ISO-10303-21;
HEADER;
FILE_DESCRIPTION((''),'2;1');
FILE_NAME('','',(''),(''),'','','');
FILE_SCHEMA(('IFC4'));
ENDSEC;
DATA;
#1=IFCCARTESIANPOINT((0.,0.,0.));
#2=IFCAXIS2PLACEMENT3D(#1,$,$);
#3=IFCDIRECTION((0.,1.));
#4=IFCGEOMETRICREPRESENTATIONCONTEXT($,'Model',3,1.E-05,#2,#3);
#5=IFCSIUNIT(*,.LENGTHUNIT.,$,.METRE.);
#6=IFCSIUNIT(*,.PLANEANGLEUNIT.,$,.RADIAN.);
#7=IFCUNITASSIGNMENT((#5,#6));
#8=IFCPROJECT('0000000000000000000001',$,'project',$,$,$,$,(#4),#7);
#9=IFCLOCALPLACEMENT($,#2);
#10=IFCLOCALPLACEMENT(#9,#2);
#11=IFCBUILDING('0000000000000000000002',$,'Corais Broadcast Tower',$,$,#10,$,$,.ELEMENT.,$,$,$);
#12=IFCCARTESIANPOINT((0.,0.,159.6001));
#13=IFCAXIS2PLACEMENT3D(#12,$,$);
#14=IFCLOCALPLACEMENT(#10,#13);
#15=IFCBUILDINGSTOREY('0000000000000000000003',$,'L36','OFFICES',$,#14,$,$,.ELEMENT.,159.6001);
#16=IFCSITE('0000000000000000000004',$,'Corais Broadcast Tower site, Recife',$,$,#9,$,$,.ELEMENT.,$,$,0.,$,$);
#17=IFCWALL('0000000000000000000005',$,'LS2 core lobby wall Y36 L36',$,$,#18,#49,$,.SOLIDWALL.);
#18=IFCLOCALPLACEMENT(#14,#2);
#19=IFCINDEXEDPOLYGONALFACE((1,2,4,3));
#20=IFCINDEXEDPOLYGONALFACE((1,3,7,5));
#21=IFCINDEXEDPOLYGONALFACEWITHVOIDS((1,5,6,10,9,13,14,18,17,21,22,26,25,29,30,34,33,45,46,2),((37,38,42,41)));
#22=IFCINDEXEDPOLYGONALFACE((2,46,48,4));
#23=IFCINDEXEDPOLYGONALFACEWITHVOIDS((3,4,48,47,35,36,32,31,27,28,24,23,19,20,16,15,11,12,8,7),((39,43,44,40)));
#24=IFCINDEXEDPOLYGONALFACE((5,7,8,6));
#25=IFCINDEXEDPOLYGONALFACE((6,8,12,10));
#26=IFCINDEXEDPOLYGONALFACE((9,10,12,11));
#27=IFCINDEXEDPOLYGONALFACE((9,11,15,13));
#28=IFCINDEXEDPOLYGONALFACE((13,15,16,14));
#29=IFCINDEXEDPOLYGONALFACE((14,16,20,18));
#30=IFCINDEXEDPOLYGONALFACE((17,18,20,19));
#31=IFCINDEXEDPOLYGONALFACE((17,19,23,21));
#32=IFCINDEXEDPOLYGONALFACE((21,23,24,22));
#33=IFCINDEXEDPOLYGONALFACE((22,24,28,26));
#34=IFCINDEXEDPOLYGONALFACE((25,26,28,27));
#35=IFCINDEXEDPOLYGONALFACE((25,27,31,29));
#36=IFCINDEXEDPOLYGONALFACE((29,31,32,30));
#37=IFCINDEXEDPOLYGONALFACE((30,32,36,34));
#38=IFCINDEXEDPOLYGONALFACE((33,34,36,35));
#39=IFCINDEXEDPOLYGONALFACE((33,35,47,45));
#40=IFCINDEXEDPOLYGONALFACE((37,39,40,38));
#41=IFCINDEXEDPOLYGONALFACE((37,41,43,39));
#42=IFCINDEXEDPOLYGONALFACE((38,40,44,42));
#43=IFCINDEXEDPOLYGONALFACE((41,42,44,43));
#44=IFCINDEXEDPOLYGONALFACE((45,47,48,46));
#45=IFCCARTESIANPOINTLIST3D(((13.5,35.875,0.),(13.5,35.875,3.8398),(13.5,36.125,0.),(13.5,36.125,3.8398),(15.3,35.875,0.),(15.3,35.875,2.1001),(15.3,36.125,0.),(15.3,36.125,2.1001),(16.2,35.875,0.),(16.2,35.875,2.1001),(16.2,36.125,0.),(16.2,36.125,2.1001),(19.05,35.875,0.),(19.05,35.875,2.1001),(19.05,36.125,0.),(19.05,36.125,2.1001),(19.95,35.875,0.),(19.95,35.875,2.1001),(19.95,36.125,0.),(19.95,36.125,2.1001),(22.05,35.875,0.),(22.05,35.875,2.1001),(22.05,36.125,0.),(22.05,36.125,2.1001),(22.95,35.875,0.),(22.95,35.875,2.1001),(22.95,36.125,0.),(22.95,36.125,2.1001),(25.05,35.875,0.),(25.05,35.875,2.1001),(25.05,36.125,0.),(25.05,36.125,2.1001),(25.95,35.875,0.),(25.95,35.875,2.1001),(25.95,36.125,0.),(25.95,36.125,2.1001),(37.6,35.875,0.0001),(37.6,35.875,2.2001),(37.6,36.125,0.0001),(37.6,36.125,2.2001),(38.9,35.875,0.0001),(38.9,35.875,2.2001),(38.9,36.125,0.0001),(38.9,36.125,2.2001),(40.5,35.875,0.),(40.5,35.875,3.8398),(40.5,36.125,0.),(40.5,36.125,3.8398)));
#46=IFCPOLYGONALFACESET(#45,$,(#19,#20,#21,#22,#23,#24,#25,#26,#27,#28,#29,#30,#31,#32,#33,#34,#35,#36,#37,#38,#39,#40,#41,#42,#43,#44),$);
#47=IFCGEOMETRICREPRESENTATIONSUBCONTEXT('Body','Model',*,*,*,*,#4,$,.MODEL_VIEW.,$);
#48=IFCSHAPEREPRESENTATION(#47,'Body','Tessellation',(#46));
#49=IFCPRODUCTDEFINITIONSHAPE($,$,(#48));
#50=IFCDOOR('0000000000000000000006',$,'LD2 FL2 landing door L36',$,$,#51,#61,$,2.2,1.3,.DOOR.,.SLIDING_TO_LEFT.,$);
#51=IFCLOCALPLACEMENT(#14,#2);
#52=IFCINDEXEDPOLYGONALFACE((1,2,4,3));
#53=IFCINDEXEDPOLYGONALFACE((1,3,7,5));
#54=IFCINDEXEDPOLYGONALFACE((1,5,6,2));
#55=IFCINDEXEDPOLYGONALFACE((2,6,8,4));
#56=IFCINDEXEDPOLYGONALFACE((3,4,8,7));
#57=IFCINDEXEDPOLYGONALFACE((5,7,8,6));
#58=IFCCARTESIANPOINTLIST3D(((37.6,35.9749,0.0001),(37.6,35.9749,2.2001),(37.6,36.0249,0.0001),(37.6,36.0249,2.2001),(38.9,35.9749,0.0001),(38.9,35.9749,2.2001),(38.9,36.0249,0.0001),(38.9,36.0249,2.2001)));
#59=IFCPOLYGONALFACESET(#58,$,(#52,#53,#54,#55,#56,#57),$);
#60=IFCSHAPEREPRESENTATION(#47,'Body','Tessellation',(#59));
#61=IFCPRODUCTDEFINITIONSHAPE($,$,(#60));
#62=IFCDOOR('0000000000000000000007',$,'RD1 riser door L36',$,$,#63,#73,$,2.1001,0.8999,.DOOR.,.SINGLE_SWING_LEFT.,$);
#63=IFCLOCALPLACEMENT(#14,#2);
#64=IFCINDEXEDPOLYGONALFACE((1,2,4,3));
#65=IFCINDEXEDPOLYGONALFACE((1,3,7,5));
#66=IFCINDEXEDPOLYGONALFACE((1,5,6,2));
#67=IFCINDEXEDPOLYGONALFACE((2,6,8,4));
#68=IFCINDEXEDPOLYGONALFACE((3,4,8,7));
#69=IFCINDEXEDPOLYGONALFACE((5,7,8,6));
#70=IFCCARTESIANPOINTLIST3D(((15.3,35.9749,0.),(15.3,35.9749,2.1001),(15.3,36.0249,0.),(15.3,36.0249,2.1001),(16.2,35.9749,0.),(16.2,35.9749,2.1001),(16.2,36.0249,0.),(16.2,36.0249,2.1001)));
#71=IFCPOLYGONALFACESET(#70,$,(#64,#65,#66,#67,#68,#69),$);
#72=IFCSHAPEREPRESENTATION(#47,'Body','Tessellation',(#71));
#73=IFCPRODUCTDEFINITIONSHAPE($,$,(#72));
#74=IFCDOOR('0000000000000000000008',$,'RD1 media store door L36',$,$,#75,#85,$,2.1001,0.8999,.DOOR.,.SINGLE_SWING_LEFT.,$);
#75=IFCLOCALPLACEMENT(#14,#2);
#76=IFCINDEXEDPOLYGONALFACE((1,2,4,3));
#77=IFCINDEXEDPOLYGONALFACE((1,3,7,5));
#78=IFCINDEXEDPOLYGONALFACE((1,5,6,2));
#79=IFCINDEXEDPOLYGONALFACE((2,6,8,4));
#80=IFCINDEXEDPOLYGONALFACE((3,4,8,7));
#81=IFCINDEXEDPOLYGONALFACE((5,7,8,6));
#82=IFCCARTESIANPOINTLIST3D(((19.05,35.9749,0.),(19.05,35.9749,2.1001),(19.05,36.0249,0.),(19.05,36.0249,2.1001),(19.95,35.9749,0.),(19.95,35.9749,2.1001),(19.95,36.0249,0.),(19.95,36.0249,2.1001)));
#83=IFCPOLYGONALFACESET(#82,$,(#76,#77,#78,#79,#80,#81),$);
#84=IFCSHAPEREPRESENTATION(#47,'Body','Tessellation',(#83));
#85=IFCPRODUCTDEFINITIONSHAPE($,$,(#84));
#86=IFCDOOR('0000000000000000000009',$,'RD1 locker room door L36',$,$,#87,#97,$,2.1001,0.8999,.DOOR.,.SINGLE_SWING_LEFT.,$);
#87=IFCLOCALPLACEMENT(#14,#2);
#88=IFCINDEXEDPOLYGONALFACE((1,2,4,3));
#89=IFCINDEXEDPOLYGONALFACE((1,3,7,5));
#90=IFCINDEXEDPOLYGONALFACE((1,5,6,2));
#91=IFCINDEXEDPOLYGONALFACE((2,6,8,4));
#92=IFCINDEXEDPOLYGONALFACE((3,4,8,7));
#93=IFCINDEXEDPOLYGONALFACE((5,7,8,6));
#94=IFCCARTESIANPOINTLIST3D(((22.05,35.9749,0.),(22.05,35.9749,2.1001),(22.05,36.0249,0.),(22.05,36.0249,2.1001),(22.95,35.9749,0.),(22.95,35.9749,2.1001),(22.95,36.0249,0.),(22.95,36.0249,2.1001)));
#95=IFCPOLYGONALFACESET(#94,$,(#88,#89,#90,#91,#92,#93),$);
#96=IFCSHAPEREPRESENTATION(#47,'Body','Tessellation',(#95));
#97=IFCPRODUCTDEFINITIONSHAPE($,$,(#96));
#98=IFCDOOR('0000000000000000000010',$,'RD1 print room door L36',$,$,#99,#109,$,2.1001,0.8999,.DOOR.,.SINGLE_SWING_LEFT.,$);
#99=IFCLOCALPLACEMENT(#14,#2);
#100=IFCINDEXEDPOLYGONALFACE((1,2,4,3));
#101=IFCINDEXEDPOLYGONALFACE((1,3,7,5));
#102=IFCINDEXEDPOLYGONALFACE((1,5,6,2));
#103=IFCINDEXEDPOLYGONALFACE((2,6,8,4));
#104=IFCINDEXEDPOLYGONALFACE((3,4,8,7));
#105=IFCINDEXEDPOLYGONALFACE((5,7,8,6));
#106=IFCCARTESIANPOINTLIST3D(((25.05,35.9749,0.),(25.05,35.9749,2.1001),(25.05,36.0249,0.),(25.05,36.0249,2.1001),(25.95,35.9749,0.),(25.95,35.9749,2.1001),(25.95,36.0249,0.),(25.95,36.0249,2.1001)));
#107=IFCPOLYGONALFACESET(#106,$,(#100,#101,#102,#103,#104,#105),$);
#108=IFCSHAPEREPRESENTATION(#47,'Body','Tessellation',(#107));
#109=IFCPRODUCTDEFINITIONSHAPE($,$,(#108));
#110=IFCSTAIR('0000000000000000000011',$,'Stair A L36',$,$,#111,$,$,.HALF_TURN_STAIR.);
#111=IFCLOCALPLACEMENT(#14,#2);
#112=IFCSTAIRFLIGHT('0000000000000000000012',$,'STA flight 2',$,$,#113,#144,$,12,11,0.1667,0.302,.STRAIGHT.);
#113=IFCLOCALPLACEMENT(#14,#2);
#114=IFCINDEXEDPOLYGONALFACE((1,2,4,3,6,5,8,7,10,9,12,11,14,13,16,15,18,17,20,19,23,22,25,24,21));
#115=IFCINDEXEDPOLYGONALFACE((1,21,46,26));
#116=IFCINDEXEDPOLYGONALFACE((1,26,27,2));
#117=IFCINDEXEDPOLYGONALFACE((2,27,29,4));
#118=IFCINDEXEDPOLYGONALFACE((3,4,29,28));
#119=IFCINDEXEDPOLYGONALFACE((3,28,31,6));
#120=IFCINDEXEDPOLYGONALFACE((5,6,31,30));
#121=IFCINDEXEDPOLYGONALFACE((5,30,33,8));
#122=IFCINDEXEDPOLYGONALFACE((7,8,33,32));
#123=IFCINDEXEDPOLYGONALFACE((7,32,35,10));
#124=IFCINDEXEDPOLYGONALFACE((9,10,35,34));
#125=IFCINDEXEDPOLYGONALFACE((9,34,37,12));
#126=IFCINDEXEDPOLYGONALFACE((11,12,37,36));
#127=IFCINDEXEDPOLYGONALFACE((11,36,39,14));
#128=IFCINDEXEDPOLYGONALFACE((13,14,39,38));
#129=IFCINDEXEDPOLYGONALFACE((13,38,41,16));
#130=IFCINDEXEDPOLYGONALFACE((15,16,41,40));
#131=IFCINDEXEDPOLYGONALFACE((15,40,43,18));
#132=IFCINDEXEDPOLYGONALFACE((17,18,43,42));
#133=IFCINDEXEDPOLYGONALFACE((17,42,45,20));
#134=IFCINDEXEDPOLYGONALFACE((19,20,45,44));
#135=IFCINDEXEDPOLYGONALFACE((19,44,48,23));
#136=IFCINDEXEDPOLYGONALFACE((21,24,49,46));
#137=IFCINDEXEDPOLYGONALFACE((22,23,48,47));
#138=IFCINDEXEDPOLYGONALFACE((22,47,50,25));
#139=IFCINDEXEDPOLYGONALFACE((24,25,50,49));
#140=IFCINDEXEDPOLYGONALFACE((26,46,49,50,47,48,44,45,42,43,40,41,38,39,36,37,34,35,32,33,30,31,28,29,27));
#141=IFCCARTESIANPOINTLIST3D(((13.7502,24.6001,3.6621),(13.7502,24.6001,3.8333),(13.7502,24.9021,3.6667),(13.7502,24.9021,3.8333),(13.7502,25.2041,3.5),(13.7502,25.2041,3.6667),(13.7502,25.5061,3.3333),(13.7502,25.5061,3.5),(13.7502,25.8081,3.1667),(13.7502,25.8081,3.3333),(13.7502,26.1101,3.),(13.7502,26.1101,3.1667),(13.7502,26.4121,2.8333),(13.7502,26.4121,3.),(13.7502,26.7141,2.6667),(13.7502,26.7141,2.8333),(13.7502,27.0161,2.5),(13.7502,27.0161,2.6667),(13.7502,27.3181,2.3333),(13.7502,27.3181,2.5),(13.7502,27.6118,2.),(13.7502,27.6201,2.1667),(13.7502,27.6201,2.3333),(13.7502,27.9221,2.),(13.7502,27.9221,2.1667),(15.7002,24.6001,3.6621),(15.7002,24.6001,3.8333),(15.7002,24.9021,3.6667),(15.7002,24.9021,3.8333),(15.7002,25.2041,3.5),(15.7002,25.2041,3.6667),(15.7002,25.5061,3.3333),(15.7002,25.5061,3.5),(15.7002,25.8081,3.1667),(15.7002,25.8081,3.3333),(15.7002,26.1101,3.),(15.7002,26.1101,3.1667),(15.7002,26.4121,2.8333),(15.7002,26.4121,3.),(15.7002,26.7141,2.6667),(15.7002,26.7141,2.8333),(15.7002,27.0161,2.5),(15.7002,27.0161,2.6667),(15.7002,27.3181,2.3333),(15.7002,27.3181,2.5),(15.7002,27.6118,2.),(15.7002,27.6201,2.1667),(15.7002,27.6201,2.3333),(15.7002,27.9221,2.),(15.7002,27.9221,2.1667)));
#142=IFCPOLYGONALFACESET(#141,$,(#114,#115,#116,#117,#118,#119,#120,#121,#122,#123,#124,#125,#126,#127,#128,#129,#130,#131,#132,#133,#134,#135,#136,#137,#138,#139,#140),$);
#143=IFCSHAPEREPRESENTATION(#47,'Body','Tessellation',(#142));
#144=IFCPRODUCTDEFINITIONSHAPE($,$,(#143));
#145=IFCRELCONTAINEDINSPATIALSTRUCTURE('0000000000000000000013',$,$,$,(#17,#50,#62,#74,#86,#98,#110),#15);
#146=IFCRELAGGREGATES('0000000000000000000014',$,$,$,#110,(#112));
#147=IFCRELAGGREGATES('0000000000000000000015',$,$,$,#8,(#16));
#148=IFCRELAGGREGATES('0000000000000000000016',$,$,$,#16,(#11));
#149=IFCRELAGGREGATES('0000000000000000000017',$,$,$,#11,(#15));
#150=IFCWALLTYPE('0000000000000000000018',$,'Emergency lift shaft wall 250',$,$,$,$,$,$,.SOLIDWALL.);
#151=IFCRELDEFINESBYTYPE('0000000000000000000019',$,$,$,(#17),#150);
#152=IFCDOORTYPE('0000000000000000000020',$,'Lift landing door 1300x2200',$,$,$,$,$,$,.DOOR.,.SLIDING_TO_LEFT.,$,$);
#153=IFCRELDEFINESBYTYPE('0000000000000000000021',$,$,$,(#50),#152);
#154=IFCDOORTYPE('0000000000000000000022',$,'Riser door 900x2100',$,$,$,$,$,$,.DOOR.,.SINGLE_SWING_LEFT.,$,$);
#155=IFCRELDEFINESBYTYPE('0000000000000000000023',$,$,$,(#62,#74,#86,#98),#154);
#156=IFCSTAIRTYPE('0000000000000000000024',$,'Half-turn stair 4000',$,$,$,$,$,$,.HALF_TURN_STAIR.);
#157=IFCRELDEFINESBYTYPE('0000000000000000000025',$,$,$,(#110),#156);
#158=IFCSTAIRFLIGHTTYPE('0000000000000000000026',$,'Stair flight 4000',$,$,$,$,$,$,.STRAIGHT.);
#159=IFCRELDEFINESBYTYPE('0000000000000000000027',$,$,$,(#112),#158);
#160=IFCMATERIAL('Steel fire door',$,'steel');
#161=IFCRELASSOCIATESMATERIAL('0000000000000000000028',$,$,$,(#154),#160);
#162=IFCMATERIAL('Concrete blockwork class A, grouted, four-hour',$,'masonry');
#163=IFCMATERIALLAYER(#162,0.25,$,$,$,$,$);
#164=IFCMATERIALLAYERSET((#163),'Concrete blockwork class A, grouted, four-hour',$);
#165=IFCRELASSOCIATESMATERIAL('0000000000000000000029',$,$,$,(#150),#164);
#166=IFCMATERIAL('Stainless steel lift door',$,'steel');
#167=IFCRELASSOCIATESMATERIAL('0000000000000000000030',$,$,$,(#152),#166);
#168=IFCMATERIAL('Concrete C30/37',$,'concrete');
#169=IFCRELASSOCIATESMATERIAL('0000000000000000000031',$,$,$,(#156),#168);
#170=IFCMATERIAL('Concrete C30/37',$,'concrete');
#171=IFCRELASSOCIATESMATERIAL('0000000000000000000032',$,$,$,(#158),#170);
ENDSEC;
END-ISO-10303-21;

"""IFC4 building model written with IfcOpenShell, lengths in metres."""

from ifc_helpers import new_model, si_unit, direction, frame, frame_2d, origin, place, context, subcontext, project, spatial, polyline, rectangle, outline, extrude, material, layer, layer_set, type_object, element, fill, aggregate, save


model = new_model("IFC4")

# Units and contexts
model_context = context("Model", 3, precision=1e-05, world=origin(), true_north=direction((0.0, 1.0)))
body_context = subcontext(model_context, "Body", "Model", "MODEL_VIEW")
ifc_project = project(units=[si_unit("LENGTHUNIT", "METRE"), si_unit("PLANEANGLEUNIT", "RADIAN")], contexts=[model_context])

# Site, building, storey
site_placement = place(None, origin())
site = spatial("IfcSite", under=ifc_project, at=site_placement, Name="Corais Broadcast Tower site, Recife", CompositionType="ELEMENT", RefElevation=0.0)
building_placement = place(site_placement, origin())
building = spatial("IfcBuilding", under=site, at=building_placement, Name="Corais Broadcast Tower", CompositionType="ELEMENT")
storey_placement = place(building_placement, frame((0.0, 0.0, 159.6001)))
storey = spatial("IfcBuildingStorey", under=building, at=storey_placement, Name="L36", Description="OFFICES", CompositionType="ELEMENT", Elevation=159.6001)

# Wall, openings, doors
ifc_material_1 = material(Name="Steel fire door", Category="steel")
door_type_1 = type_object("IfcDoorType", Name="Riser door 900x2100", OperationType="SINGLE_SWING_LEFT", PredefinedType="DOOR", material=ifc_material_1)
ifc_material_2 = material(Name="Concrete blockwork class A, grouted, four-hour", Category="masonry")
ifc_layer_1 = layer(ifc_material_2, 0.25)
ifc_layer_set_1 = layer_set([ifc_layer_1], Name="Concrete blockwork class A, grouted, four-hour")
wall_type_1 = type_object("IfcWallType", Name="Emergency lift shaft wall 250", PredefinedType="SOLIDWALL", material=ifc_layer_set_1)
wall_1_placement = place(storey_placement, frame((13.5, 36.0, 0.0), z_axis=(0.0, 0.0, 1.0), x_axis=(1.0, 0.0, 0.0)))
wall_1 = element("IfcWall", 1, at=wall_1_placement, inside=storey, type_object=wall_type_1, Name="LS2 core lobby wall Y36 L36", PredefinedType="SOLIDWALL", context=body_context, shape_type="SweptSolid", body=[
    extrude(rectangle(XDim=27.0, YDim=0.25, at=frame_2d((13.5, 0.0))), origin(), (0.0, 0.0, 1.0), 3.8398),
])
opening_1_placement = place(wall_1_placement, frame((1.8, 0.0, 0.0)))
opening_1 = element("IfcOpeningElement", 2, at=opening_1_placement, cuts=wall_1, PredefinedType="OPENING", context=body_context, shape_type="SweptSolid", body=[
    extrude(rectangle(XDim=0.8999, YDim=2.1001, at=frame_2d((0.45, 1.05))), frame((0.0, 0.135, 0.0), z_axis=(0.0, -1.0, 0.0), x_axis=(1.0, 0.0, 0.0)), (0.0, 0.0, 1.0), 0.27),
])
opening_2_placement = place(wall_1_placement, frame((5.55, 0.0, 0.0)))
opening_2 = element("IfcOpeningElement", 3, at=opening_2_placement, cuts=wall_1, PredefinedType="OPENING", context=body_context, shape_type="SweptSolid", body=[
    extrude(rectangle(XDim=0.8999, YDim=2.1001, at=frame_2d((0.45, 1.05))), frame((0.0, 0.135, 0.0), z_axis=(0.0, -1.0, 0.0), x_axis=(1.0, 0.0, 0.0)), (0.0, 0.0, 1.0), 0.27),
])
opening_3_placement = place(wall_1_placement, frame((8.55, 0.0, 0.0)))
opening_3 = element("IfcOpeningElement", 4, at=opening_3_placement, cuts=wall_1, PredefinedType="OPENING", context=body_context, shape_type="SweptSolid", body=[
    extrude(rectangle(XDim=0.8999, YDim=2.1001, at=frame_2d((0.45, 1.05))), frame((0.0, 0.135, 0.0), z_axis=(0.0, -1.0, 0.0), x_axis=(1.0, 0.0, 0.0)), (0.0, 0.0, 1.0), 0.27),
])
opening_4_placement = place(wall_1_placement, frame((11.55, 0.0, 0.0)))
opening_4 = element("IfcOpeningElement", 5, at=opening_4_placement, cuts=wall_1, PredefinedType="OPENING", context=body_context, shape_type="SweptSolid", body=[
    extrude(rectangle(XDim=0.8999, YDim=2.1001, at=frame_2d((0.45, 1.05))), frame((0.0, 0.135, 0.0), z_axis=(0.0, -1.0, 0.0), x_axis=(1.0, 0.0, 0.0)), (0.0, 0.0, 1.0), 0.27),
])
opening_5_placement = place(wall_1_placement, frame((24.1001, 0.0, 0.0)))
opening_5 = element("IfcOpeningElement", 6, at=opening_5_placement, cuts=wall_1, PredefinedType="OPENING", context=body_context, shape_type="SweptSolid", body=[
    extrude(rectangle(XDim=1.3, YDim=2.2, at=frame_2d((0.6499, 1.1001))), frame((0.0, 0.135, 0.0), z_axis=(0.0, -1.0, 0.0), x_axis=(1.0, 0.0, 0.0)), (0.0, 0.0, 1.0), 0.27),
])
ifc_material_3 = material(Name="Stainless steel lift door", Category="steel")
door_type_2 = type_object("IfcDoorType", Name="Lift landing door 1300x2200", OperationType="SLIDING_TO_LEFT", PredefinedType="DOOR", material=ifc_material_3)
door_1_placement = place(opening_5_placement, origin())
door_1 = element("IfcDoor", 7, at=door_1_placement, inside=storey, type_object=door_type_2, Name="LD2 FL2 landing door L36", OperationType="SLIDING_TO_LEFT", OverallHeight=2.2, OverallWidth=1.3, PredefinedType="DOOR", context=body_context, shape_type="SweptSolid", body=[
    extrude(rectangle(XDim=1.3, YDim=2.2, at=frame_2d((0.6499, 1.1001))), frame((0.0, 0.0249, 0.0), z_axis=(0.0, -1.0, 0.0), x_axis=(1.0, 0.0, 0.0)), (0.0, 0.0, 1.0), 0.05),
])
fill(opening_5, door_1)
door_2_placement = place(opening_1_placement, origin())
door_2 = element("IfcDoor", 8, at=door_2_placement, inside=storey, type_object=door_type_1, Name="RD1 riser door L36", OperationType="SINGLE_SWING_LEFT", OverallHeight=2.1001, OverallWidth=0.8999, PredefinedType="DOOR", context=body_context, shape_type="SweptSolid", body=[
    extrude(rectangle(XDim=0.8999, YDim=2.1001, at=frame_2d((0.45, 1.05))), frame((0.0, 0.0249, 0.0), z_axis=(0.0, -1.0, 0.0), x_axis=(1.0, 0.0, 0.0)), (0.0, 0.0, 1.0), 0.05),
])
fill(opening_1, door_2)
door_3_placement = place(opening_2_placement, origin())
door_3 = element("IfcDoor", 9, at=door_3_placement, inside=storey, type_object=door_type_1, Name="RD1 media store door L36", OperationType="SINGLE_SWING_LEFT", OverallHeight=2.1001, OverallWidth=0.8999, PredefinedType="DOOR", context=body_context, shape_type="SweptSolid", body=[
    extrude(rectangle(XDim=0.8999, YDim=2.1001, at=frame_2d((0.45, 1.05))), frame((0.0, 0.0249, 0.0), z_axis=(0.0, -1.0, 0.0), x_axis=(1.0, 0.0, 0.0)), (0.0, 0.0, 1.0), 0.05),
])
fill(opening_2, door_3)
door_4_placement = place(opening_3_placement, origin())
door_4 = element("IfcDoor", 10, at=door_4_placement, inside=storey, type_object=door_type_1, Name="RD1 locker room door L36", OperationType="SINGLE_SWING_LEFT", OverallHeight=2.1001, OverallWidth=0.8999, PredefinedType="DOOR", context=body_context, shape_type="SweptSolid", body=[
    extrude(rectangle(XDim=0.8999, YDim=2.1001, at=frame_2d((0.45, 1.05))), frame((0.0, 0.0249, 0.0), z_axis=(0.0, -1.0, 0.0), x_axis=(1.0, 0.0, 0.0)), (0.0, 0.0, 1.0), 0.05),
])
fill(opening_3, door_4)
door_5_placement = place(opening_4_placement, origin())
door_5 = element("IfcDoor", 11, at=door_5_placement, inside=storey, type_object=door_type_1, Name="RD1 print room door L36", OperationType="SINGLE_SWING_LEFT", OverallHeight=2.1001, OverallWidth=0.8999, PredefinedType="DOOR", context=body_context, shape_type="SweptSolid", body=[
    extrude(rectangle(XDim=0.8999, YDim=2.1001, at=frame_2d((0.45, 1.05))), frame((0.0, 0.0249, 0.0), z_axis=(0.0, -1.0, 0.0), x_axis=(1.0, 0.0, 0.0)), (0.0, 0.0, 1.0), 0.05),
])
fill(opening_4, door_5)

# Stair, stair flight
ifc_material_4 = material(Name="Concrete C30/37", Category="concrete")
stair_type = type_object("IfcStairType", Name="Half-turn stair 4000", PredefinedType="HALF_TURN_STAIR", material=ifc_material_4)
stair_placement = place(storey_placement, origin())
stair = element("IfcStair", 12, at=stair_placement, inside=storey, type_object=stair_type, Name="Stair A L36", PredefinedType="HALF_TURN_STAIR")
ifc_material_5 = material(Name="Concrete C30/37", Category="concrete")
stair_flight_type = type_object("IfcStairFlightType", Name="Stair flight 4000", PredefinedType="STRAIGHT", material=ifc_material_5)
stair_flight_placement = place(storey_placement, frame((14.7251, 27.9221, 2.0), z_axis=(0.0, 0.0, 1.0), x_axis=(0.0, -1.0, 0.0)))
stair_flight = element("IfcStairFlight", 13, at=stair_flight_placement, type_object=stair_flight_type, Name="STA flight 2", NumberOfRisers=12, NumberOfTreads=11, PredefinedType="STRAIGHT", RiserHeight=0.1667, TreadLength=0.302, context=body_context, shape_type="SweptSolid", body=[
    extrude(outline(polyline([(0.0, 0.0), (0.0, 0.1667), (0.302, 0.1667), (0.302, 0.3333), (0.604, 0.3333), (0.604, 0.5), (0.906, 0.5), (0.906, 0.6667), (1.208, 0.6667), (1.208, 0.8333), (1.51, 0.8333), (1.51, 1.0), (1.812, 1.0), (1.812, 1.1667), (2.114, 1.1667), (2.114, 1.3333), (2.416, 1.3333), (2.416, 1.5), (2.718, 1.5), (2.718, 1.6667), (3.02, 1.6667), (3.02, 1.8333), (3.322, 1.8333), (3.322, 2.0), (3.322, 1.6621), (0.3103, 0.0), (0.0, 0.0)])), frame((0.0, 0.9751, 0.0), z_axis=(0.0, -1.0, 0.0), x_axis=(1.0, 0.0, 0.0)), (0.0, 0.0, 1.0), 1.95),
])
aggregate(stair, [stair_flight])

save(model, "model.ifc")
